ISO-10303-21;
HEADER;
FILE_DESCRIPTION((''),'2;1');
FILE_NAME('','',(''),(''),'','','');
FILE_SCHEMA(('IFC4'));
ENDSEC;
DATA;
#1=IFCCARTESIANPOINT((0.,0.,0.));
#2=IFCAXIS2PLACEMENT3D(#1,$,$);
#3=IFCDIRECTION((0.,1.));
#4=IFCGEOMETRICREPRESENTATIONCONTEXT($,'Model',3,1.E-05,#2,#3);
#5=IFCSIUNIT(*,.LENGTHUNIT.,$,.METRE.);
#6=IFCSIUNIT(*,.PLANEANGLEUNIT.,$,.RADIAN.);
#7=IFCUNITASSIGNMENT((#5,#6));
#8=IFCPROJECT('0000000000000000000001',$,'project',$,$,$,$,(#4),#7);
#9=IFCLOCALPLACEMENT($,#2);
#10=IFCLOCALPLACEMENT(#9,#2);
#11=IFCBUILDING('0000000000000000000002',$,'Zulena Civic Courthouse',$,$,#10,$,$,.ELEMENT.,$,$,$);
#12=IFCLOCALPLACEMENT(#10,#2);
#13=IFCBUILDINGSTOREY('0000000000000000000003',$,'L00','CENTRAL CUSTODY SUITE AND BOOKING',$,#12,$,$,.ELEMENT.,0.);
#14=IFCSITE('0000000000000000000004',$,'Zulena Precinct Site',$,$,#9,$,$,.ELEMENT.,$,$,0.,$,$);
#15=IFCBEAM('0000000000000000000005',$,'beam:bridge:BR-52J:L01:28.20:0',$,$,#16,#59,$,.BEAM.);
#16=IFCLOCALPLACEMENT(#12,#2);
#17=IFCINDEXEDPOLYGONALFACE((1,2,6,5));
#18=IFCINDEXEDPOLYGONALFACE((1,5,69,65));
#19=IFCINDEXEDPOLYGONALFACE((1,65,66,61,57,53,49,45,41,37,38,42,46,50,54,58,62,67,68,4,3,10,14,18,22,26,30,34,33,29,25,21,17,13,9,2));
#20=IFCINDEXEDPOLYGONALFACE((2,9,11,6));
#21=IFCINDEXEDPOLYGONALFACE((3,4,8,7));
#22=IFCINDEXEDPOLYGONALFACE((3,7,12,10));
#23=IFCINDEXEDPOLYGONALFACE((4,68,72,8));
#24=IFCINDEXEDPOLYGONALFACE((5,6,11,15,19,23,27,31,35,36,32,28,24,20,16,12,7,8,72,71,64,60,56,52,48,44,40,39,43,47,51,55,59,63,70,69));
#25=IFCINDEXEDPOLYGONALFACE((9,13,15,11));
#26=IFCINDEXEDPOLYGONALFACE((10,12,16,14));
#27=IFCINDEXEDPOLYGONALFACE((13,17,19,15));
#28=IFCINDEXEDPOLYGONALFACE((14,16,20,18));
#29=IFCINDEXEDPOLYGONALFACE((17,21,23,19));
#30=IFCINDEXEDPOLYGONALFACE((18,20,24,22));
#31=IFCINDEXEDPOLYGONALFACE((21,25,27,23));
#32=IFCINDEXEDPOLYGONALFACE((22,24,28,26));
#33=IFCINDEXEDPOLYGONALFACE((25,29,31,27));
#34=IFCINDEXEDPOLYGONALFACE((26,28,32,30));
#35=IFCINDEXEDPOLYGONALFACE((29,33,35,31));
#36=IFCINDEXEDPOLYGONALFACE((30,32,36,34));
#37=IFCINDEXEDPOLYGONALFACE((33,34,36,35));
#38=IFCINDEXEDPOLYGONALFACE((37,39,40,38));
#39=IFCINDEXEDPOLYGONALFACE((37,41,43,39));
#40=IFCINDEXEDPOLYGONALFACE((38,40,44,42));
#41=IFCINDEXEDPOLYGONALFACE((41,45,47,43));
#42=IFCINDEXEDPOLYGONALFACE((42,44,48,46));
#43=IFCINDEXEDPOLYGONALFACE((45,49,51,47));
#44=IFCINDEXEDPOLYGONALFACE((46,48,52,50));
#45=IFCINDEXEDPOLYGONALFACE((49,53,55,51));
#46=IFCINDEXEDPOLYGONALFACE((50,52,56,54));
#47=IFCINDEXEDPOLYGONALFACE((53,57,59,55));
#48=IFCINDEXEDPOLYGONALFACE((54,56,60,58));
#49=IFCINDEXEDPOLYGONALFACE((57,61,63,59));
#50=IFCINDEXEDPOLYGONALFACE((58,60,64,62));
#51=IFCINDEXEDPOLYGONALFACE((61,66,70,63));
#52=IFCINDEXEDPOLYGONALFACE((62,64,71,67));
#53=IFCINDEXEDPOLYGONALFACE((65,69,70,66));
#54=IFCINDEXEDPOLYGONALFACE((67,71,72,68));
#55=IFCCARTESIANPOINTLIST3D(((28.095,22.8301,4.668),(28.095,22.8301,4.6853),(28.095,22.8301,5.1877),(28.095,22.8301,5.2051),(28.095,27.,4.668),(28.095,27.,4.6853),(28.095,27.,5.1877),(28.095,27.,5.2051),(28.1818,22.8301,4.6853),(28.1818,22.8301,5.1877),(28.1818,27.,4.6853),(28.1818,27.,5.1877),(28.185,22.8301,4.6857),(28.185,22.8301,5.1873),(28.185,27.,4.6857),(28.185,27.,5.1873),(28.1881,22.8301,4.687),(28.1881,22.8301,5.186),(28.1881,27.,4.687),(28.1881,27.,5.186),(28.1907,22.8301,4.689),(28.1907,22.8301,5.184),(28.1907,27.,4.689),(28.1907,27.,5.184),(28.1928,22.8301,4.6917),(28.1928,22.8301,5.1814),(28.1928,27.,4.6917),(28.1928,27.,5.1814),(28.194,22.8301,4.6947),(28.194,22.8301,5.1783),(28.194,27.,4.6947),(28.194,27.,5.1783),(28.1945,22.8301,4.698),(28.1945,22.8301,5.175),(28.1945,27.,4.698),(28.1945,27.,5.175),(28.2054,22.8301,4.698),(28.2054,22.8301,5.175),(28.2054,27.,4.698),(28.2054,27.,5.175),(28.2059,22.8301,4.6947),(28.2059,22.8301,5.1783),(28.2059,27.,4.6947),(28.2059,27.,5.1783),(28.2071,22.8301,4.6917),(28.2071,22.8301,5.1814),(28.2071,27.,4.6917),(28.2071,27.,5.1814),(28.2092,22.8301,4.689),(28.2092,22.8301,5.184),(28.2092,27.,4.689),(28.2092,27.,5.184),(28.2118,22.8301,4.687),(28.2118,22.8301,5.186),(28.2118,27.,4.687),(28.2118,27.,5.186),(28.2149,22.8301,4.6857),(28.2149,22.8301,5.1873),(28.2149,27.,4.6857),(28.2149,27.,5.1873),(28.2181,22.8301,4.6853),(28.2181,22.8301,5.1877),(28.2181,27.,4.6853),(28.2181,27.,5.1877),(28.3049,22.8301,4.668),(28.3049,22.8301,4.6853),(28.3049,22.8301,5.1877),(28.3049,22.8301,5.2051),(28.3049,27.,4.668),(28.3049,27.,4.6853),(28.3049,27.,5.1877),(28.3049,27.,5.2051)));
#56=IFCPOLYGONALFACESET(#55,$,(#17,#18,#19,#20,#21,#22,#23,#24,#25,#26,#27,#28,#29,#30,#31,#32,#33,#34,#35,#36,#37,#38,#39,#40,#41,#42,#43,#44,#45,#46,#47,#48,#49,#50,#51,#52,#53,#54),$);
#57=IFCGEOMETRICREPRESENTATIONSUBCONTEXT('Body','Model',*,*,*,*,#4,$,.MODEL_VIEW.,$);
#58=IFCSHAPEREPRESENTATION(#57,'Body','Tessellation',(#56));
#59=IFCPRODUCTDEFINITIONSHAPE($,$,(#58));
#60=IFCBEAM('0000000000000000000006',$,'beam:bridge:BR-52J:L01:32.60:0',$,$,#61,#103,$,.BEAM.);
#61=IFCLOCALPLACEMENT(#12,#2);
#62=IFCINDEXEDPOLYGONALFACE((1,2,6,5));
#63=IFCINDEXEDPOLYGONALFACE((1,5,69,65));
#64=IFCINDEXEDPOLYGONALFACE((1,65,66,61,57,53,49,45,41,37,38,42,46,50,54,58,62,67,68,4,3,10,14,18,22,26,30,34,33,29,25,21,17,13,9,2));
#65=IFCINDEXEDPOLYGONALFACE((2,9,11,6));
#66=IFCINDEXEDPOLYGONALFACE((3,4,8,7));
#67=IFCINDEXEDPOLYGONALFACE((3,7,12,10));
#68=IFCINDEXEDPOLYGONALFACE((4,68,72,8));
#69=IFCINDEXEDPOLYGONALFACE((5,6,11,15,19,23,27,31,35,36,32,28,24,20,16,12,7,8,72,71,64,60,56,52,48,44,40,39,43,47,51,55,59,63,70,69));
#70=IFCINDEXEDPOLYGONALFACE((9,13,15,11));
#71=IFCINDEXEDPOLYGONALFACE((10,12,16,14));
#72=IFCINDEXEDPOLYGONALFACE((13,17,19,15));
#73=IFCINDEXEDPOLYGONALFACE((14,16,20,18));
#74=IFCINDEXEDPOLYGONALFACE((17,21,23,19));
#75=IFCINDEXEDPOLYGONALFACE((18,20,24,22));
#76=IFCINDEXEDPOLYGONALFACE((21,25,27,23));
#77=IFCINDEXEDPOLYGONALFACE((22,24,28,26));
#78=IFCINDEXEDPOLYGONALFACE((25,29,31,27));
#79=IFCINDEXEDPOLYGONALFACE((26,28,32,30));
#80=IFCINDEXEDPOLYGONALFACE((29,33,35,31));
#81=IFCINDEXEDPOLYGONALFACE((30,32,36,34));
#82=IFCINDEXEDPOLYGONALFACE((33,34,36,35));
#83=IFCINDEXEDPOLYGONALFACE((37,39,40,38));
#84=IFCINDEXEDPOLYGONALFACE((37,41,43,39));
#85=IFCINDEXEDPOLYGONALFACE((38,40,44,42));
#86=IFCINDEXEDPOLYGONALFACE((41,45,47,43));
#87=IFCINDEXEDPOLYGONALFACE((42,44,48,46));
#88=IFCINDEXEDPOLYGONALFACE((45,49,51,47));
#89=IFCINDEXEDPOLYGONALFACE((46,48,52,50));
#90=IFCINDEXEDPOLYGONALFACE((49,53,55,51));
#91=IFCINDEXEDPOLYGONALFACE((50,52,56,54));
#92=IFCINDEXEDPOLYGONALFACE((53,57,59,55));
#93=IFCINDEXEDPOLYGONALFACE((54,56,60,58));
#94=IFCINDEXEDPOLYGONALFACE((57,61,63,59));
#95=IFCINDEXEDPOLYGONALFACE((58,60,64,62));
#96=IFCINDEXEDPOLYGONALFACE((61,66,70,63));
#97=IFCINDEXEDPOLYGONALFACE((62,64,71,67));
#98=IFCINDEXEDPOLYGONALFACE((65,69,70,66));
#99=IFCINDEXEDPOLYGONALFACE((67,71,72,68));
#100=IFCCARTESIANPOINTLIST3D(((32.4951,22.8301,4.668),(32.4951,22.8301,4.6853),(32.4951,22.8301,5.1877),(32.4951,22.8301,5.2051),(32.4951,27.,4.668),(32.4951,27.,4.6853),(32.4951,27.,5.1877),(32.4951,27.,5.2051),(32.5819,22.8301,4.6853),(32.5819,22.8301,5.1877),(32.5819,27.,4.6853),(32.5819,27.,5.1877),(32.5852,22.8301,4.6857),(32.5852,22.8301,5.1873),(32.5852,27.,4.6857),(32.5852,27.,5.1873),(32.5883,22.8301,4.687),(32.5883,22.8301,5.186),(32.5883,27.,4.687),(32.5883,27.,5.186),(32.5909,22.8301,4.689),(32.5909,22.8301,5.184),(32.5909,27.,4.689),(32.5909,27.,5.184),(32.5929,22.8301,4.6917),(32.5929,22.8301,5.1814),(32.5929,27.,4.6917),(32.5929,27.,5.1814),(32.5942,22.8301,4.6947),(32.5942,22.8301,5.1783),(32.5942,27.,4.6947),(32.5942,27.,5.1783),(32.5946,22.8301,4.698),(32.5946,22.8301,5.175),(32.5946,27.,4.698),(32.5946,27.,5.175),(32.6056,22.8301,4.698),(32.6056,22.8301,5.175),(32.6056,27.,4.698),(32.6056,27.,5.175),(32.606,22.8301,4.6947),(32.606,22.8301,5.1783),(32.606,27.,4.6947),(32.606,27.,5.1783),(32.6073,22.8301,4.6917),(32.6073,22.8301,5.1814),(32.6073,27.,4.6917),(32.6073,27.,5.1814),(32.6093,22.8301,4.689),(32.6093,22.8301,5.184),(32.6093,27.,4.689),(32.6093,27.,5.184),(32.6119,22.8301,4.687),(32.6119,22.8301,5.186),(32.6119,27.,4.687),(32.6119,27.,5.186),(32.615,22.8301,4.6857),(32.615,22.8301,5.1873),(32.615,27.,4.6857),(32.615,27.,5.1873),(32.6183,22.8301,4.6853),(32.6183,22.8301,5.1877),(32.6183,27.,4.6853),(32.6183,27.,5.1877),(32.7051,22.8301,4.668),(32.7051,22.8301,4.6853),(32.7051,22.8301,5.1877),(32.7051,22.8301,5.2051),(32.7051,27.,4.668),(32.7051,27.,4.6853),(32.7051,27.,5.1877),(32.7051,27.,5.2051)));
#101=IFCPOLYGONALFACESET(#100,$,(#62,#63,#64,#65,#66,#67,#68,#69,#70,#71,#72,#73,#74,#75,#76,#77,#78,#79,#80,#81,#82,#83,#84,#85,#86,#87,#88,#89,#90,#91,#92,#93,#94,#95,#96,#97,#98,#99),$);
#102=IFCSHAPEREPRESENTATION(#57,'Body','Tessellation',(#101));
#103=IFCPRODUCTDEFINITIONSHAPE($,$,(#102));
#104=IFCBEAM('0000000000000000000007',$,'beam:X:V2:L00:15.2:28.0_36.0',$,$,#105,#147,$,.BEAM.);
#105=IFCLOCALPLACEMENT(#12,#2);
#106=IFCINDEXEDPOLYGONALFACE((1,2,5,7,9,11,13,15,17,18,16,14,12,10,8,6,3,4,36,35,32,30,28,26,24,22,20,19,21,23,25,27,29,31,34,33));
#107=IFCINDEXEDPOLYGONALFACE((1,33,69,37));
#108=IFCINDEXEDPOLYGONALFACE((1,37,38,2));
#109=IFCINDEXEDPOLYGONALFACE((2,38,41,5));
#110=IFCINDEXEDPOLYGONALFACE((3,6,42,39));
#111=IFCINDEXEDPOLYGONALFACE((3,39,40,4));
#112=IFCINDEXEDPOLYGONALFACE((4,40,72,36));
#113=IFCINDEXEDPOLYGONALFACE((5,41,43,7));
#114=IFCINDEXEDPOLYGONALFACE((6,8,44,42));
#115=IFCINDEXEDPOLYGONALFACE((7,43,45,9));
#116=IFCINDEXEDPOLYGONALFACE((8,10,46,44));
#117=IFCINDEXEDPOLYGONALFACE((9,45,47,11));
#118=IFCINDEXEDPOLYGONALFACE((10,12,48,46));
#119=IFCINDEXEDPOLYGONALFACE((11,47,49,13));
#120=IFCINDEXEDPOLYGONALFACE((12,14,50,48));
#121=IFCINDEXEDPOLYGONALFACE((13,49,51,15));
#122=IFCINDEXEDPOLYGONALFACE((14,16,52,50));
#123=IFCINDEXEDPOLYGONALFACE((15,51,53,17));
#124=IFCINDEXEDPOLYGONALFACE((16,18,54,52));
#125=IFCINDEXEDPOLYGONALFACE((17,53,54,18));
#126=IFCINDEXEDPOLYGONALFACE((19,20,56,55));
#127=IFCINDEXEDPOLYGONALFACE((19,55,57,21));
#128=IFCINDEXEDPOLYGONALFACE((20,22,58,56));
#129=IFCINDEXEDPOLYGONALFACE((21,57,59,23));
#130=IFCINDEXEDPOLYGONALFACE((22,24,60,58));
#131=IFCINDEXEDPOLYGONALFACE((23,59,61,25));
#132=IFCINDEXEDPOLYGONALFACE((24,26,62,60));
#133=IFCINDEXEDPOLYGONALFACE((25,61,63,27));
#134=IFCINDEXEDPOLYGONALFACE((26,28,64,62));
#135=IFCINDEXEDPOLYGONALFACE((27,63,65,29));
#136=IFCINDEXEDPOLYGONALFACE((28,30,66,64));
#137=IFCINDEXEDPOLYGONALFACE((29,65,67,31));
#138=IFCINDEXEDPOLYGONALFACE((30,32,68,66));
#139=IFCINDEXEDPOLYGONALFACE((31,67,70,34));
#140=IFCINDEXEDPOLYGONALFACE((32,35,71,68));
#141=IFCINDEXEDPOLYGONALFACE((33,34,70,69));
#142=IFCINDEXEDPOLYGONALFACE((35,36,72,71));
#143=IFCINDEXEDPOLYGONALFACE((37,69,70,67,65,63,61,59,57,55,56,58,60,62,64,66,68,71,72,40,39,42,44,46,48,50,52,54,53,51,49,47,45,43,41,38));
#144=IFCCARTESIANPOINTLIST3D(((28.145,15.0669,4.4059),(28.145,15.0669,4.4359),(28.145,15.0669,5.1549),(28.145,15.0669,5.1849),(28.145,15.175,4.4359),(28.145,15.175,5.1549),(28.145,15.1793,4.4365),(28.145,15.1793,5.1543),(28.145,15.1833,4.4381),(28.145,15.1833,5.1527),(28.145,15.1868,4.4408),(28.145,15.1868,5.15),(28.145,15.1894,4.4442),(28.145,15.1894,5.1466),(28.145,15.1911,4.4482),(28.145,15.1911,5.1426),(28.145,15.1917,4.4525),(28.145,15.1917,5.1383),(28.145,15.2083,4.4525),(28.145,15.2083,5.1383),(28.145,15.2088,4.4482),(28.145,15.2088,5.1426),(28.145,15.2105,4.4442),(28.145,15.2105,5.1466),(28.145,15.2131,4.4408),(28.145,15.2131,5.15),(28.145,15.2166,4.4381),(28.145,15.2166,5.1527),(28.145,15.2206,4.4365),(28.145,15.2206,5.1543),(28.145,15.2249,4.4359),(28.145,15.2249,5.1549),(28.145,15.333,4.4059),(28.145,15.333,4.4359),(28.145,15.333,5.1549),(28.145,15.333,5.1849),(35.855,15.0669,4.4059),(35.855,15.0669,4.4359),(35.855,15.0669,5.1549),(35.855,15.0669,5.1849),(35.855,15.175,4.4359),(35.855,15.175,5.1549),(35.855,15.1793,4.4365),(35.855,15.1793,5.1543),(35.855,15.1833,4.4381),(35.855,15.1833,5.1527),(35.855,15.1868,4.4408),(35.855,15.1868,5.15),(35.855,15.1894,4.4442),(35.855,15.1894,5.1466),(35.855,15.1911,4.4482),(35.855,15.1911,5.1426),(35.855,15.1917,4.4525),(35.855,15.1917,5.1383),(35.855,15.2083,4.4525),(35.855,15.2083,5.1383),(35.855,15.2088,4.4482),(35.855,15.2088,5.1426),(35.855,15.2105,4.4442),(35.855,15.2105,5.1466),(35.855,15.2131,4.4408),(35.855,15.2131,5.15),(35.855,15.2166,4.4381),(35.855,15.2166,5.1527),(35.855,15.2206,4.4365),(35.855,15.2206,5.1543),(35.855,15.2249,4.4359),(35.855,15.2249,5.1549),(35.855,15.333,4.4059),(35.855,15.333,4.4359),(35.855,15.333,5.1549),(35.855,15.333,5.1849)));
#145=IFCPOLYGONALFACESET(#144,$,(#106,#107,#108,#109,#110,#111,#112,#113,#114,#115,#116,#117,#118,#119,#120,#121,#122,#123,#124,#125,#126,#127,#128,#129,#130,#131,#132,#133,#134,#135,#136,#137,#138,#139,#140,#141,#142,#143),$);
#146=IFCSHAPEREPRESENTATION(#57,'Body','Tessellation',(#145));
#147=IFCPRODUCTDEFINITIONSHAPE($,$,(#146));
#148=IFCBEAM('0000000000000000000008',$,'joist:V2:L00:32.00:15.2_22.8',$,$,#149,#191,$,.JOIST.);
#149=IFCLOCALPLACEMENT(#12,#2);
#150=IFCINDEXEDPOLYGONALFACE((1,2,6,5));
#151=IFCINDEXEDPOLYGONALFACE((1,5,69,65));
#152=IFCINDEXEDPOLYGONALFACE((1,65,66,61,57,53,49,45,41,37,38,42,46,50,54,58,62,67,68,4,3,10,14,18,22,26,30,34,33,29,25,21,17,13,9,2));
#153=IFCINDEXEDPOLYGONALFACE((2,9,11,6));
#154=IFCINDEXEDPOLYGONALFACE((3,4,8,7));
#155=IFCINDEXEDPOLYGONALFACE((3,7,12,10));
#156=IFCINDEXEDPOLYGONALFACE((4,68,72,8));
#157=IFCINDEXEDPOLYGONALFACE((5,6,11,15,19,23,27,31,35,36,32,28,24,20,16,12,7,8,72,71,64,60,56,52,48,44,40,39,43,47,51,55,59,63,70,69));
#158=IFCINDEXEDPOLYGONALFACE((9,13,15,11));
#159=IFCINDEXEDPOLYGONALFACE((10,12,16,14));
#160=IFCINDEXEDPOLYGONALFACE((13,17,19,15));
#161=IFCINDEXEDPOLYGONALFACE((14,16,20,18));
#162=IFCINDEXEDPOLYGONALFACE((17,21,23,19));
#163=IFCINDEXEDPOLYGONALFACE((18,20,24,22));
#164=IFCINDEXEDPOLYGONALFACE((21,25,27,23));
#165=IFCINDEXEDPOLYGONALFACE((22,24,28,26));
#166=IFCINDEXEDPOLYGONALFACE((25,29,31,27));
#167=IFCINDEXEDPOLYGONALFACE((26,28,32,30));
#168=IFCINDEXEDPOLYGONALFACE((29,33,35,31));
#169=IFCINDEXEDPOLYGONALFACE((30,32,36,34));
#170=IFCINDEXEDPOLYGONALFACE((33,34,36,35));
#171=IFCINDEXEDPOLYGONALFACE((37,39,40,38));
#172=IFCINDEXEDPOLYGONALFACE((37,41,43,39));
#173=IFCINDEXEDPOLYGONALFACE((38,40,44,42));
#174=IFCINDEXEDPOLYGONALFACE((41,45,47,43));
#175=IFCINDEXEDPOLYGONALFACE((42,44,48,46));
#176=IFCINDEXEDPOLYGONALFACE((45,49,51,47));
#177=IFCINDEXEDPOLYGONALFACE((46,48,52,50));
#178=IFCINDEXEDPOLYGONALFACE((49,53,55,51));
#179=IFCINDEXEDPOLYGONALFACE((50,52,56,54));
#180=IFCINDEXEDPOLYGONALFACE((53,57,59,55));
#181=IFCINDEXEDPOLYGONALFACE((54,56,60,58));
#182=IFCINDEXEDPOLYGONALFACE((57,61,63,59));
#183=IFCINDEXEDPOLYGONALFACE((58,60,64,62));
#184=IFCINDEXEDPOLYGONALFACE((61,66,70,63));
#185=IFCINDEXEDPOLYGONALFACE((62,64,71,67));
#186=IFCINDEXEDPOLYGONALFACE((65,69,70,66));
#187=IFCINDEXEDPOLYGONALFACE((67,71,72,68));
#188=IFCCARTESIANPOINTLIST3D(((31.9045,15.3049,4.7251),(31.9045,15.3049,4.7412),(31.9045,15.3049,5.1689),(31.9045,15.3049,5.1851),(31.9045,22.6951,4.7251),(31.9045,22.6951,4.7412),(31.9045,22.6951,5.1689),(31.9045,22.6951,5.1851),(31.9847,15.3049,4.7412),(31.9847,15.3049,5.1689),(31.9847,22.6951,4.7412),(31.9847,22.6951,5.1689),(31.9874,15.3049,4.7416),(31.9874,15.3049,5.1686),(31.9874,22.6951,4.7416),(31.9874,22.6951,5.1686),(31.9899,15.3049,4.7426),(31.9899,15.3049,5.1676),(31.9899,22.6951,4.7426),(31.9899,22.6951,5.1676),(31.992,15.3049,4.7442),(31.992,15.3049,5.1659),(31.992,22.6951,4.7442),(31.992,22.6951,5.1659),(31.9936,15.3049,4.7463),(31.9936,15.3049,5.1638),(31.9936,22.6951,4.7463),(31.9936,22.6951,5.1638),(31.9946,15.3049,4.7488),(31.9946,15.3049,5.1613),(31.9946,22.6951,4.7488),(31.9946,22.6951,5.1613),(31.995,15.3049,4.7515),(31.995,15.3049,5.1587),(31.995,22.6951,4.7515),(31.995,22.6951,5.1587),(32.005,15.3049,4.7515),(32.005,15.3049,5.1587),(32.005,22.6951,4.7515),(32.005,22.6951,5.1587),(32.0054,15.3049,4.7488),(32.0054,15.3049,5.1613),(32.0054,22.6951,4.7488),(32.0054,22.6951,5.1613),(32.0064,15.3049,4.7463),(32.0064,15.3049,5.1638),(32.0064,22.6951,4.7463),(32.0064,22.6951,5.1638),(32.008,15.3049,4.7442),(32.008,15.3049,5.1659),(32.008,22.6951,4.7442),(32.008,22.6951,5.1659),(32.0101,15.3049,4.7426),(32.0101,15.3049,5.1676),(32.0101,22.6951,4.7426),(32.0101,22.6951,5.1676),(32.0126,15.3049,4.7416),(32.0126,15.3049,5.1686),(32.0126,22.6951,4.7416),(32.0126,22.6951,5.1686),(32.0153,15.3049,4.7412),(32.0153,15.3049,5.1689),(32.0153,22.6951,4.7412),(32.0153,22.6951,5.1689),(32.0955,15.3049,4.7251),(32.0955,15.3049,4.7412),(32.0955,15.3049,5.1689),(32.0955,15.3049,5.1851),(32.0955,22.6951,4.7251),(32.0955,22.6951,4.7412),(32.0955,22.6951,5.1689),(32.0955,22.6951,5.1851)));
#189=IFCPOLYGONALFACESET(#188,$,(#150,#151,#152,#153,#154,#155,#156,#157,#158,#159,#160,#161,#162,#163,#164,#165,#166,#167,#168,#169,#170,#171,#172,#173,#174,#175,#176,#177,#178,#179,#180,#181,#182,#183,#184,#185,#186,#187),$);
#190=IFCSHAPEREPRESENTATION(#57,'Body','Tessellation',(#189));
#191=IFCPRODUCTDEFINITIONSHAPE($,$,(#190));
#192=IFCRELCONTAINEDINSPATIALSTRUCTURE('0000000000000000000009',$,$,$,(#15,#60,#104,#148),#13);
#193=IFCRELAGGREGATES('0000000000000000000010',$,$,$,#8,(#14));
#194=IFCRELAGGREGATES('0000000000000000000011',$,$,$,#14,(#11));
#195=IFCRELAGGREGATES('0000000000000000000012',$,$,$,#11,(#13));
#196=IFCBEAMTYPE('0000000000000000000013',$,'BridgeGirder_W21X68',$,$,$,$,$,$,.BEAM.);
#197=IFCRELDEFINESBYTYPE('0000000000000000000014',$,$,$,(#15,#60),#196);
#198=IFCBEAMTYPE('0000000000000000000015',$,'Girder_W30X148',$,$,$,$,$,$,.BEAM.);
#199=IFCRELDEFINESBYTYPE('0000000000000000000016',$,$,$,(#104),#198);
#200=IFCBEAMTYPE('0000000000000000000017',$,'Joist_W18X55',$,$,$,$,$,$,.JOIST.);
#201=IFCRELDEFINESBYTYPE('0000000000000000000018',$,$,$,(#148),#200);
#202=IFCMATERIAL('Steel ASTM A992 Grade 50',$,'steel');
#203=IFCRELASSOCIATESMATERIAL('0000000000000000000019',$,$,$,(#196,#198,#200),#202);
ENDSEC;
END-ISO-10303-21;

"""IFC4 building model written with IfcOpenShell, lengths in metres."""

from ifc_helpers import new_model, si_unit, direction, frame, origin, origin_2d, place, context, subcontext, project, spatial, i_section, extrude, material, material_profile, profile_set, type_object, element, save


model = new_model("IFC4")

# Units and contexts
model_context = context("Model", 3, precision=1e-05, world=origin(), true_north=direction((0.0, 1.0)))
body_context = subcontext(model_context, "Body", "Model", "MODEL_VIEW")
ifc_project = project(units=[si_unit("LENGTHUNIT", "METRE"), si_unit("PLANEANGLEUNIT", "RADIAN")], contexts=[model_context])

# Site, building, storey
site_placement = place(None, origin())
site = spatial("IfcSite", under=ifc_project, at=site_placement, Name="Zulena Precinct Site", CompositionType="ELEMENT", RefElevation=0.0)
building_placement = place(site_placement, origin())
building = spatial("IfcBuilding", under=site, at=building_placement, Name="Zulena Civic Courthouse", CompositionType="ELEMENT")
storey_placement = place(building_placement, origin())
storey = spatial("IfcBuildingStorey", under=building, at=storey_placement, Name="L00", Description="CENTRAL CUSTODY SUITE AND BOOKING", CompositionType="ELEMENT", Elevation=0.0)

# Shared definitions
ifc_material_1 = material(Name="Steel ASTM A992 Grade 50", Category="steel")

# Beams
ifc_material_profile_1 = material_profile(ifc_material_1, i_section(OverallWidth=0.21, OverallDepth=0.5371, WebThickness=0.011, FlangeThickness=0.0173, FilletRadius=0.0127, at=origin_2d()), Name="W21X68")
ifc_profile_set_1 = profile_set([ifc_material_profile_1], Name="Steel ASTM A992 Grade 50")
beam_type_1 = type_object("IfcBeamType", Name="BridgeGirder_W21X68", PredefinedType="BEAM", material=ifc_profile_set_1)
for number, where, z_axis, x_axis, name in (
    (1, (28.2, 22.8301, 4.9365), (0.0, 1.0, 0.0), (-1.0, 0.0, 0.0), "beam:bridge:BR-52J:L01:28.20:0"),
    (2, (32.6001, 22.8301, 4.9365), (0.0, 1.0, 0.0), (-1.0, 0.0, 0.0), "beam:bridge:BR-52J:L01:32.60:0"),
):
    element("IfcBeam", number, at=place(storey_placement, frame(where, z_axis=z_axis, x_axis=x_axis)), inside=storey, type_object=beam_type_1, Name=name, PredefinedType="BEAM", context=body_context, shape_type="SweptSolid", body=[
        extrude(i_section(OverallWidth=0.21, OverallDepth=0.5371, WebThickness=0.011, FlangeThickness=0.0173, FilletRadius=0.0127, at=origin_2d()), origin(), (0.0, 0.0, 1.0), 4.1699),
    ])
ifc_material_profile_2 = material_profile(ifc_material_1, i_section(OverallWidth=0.2661, OverallDepth=0.7791, WebThickness=0.0166, FlangeThickness=0.03, FilletRadius=0.0166, at=origin_2d()), Name="W30X148")
ifc_profile_set_2 = profile_set([ifc_material_profile_2], Name="Steel ASTM A992 Grade 50")
beam_type_2 = type_object("IfcBeamType", Name="Girder_W30X148", PredefinedType="BEAM", material=ifc_profile_set_2)
beam_1_placement = place(storey_placement, frame((28.145, 15.2, 4.7954), z_axis=(1.0, 0.0, 0.0), x_axis=(0.0, 1.0, 0.0)))
element("IfcBeam", 3, at=beam_1_placement, inside=storey, type_object=beam_type_2, Name="beam:X:V2:L00:15.2:28.0_36.0", PredefinedType="BEAM", context=body_context, shape_type="SweptSolid", body=[
    extrude(i_section(OverallWidth=0.2661, OverallDepth=0.7791, WebThickness=0.0166, FlangeThickness=0.03, FilletRadius=0.0166, at=origin_2d()), origin(), (0.0, 0.0, 1.0), 7.71),
])
ifc_material_profile_3 = material_profile(ifc_material_1, i_section(OverallWidth=0.1909, OverallDepth=0.46, WebThickness=0.01, FlangeThickness=0.0161, FilletRadius=0.0103, at=origin_2d()), Name="W18X55")
ifc_profile_set_3 = profile_set([ifc_material_profile_3], Name="Steel ASTM A992 Grade 50")
beam_type_3 = type_object("IfcBeamType", Name="Joist_W18X55", PredefinedType="JOIST", material=ifc_profile_set_3)
beam_2_placement = place(storey_placement, frame((32.0, 15.3049, 4.9551), z_axis=(0.0, 1.0, 0.0), x_axis=(-1.0, 0.0, 0.0)))
element("IfcBeam", 4, at=beam_2_placement, inside=storey, type_object=beam_type_3, Name="joist:V2:L00:32.00:15.2_22.8", PredefinedType="JOIST", context=body_context, shape_type="SweptSolid", body=[
    extrude(i_section(OverallWidth=0.1909, OverallDepth=0.46, WebThickness=0.01, FlangeThickness=0.0161, FilletRadius=0.0103, at=origin_2d()), origin(), (0.0, 0.0, 1.0), 7.3901),
])

save(model, "model.ifc")
